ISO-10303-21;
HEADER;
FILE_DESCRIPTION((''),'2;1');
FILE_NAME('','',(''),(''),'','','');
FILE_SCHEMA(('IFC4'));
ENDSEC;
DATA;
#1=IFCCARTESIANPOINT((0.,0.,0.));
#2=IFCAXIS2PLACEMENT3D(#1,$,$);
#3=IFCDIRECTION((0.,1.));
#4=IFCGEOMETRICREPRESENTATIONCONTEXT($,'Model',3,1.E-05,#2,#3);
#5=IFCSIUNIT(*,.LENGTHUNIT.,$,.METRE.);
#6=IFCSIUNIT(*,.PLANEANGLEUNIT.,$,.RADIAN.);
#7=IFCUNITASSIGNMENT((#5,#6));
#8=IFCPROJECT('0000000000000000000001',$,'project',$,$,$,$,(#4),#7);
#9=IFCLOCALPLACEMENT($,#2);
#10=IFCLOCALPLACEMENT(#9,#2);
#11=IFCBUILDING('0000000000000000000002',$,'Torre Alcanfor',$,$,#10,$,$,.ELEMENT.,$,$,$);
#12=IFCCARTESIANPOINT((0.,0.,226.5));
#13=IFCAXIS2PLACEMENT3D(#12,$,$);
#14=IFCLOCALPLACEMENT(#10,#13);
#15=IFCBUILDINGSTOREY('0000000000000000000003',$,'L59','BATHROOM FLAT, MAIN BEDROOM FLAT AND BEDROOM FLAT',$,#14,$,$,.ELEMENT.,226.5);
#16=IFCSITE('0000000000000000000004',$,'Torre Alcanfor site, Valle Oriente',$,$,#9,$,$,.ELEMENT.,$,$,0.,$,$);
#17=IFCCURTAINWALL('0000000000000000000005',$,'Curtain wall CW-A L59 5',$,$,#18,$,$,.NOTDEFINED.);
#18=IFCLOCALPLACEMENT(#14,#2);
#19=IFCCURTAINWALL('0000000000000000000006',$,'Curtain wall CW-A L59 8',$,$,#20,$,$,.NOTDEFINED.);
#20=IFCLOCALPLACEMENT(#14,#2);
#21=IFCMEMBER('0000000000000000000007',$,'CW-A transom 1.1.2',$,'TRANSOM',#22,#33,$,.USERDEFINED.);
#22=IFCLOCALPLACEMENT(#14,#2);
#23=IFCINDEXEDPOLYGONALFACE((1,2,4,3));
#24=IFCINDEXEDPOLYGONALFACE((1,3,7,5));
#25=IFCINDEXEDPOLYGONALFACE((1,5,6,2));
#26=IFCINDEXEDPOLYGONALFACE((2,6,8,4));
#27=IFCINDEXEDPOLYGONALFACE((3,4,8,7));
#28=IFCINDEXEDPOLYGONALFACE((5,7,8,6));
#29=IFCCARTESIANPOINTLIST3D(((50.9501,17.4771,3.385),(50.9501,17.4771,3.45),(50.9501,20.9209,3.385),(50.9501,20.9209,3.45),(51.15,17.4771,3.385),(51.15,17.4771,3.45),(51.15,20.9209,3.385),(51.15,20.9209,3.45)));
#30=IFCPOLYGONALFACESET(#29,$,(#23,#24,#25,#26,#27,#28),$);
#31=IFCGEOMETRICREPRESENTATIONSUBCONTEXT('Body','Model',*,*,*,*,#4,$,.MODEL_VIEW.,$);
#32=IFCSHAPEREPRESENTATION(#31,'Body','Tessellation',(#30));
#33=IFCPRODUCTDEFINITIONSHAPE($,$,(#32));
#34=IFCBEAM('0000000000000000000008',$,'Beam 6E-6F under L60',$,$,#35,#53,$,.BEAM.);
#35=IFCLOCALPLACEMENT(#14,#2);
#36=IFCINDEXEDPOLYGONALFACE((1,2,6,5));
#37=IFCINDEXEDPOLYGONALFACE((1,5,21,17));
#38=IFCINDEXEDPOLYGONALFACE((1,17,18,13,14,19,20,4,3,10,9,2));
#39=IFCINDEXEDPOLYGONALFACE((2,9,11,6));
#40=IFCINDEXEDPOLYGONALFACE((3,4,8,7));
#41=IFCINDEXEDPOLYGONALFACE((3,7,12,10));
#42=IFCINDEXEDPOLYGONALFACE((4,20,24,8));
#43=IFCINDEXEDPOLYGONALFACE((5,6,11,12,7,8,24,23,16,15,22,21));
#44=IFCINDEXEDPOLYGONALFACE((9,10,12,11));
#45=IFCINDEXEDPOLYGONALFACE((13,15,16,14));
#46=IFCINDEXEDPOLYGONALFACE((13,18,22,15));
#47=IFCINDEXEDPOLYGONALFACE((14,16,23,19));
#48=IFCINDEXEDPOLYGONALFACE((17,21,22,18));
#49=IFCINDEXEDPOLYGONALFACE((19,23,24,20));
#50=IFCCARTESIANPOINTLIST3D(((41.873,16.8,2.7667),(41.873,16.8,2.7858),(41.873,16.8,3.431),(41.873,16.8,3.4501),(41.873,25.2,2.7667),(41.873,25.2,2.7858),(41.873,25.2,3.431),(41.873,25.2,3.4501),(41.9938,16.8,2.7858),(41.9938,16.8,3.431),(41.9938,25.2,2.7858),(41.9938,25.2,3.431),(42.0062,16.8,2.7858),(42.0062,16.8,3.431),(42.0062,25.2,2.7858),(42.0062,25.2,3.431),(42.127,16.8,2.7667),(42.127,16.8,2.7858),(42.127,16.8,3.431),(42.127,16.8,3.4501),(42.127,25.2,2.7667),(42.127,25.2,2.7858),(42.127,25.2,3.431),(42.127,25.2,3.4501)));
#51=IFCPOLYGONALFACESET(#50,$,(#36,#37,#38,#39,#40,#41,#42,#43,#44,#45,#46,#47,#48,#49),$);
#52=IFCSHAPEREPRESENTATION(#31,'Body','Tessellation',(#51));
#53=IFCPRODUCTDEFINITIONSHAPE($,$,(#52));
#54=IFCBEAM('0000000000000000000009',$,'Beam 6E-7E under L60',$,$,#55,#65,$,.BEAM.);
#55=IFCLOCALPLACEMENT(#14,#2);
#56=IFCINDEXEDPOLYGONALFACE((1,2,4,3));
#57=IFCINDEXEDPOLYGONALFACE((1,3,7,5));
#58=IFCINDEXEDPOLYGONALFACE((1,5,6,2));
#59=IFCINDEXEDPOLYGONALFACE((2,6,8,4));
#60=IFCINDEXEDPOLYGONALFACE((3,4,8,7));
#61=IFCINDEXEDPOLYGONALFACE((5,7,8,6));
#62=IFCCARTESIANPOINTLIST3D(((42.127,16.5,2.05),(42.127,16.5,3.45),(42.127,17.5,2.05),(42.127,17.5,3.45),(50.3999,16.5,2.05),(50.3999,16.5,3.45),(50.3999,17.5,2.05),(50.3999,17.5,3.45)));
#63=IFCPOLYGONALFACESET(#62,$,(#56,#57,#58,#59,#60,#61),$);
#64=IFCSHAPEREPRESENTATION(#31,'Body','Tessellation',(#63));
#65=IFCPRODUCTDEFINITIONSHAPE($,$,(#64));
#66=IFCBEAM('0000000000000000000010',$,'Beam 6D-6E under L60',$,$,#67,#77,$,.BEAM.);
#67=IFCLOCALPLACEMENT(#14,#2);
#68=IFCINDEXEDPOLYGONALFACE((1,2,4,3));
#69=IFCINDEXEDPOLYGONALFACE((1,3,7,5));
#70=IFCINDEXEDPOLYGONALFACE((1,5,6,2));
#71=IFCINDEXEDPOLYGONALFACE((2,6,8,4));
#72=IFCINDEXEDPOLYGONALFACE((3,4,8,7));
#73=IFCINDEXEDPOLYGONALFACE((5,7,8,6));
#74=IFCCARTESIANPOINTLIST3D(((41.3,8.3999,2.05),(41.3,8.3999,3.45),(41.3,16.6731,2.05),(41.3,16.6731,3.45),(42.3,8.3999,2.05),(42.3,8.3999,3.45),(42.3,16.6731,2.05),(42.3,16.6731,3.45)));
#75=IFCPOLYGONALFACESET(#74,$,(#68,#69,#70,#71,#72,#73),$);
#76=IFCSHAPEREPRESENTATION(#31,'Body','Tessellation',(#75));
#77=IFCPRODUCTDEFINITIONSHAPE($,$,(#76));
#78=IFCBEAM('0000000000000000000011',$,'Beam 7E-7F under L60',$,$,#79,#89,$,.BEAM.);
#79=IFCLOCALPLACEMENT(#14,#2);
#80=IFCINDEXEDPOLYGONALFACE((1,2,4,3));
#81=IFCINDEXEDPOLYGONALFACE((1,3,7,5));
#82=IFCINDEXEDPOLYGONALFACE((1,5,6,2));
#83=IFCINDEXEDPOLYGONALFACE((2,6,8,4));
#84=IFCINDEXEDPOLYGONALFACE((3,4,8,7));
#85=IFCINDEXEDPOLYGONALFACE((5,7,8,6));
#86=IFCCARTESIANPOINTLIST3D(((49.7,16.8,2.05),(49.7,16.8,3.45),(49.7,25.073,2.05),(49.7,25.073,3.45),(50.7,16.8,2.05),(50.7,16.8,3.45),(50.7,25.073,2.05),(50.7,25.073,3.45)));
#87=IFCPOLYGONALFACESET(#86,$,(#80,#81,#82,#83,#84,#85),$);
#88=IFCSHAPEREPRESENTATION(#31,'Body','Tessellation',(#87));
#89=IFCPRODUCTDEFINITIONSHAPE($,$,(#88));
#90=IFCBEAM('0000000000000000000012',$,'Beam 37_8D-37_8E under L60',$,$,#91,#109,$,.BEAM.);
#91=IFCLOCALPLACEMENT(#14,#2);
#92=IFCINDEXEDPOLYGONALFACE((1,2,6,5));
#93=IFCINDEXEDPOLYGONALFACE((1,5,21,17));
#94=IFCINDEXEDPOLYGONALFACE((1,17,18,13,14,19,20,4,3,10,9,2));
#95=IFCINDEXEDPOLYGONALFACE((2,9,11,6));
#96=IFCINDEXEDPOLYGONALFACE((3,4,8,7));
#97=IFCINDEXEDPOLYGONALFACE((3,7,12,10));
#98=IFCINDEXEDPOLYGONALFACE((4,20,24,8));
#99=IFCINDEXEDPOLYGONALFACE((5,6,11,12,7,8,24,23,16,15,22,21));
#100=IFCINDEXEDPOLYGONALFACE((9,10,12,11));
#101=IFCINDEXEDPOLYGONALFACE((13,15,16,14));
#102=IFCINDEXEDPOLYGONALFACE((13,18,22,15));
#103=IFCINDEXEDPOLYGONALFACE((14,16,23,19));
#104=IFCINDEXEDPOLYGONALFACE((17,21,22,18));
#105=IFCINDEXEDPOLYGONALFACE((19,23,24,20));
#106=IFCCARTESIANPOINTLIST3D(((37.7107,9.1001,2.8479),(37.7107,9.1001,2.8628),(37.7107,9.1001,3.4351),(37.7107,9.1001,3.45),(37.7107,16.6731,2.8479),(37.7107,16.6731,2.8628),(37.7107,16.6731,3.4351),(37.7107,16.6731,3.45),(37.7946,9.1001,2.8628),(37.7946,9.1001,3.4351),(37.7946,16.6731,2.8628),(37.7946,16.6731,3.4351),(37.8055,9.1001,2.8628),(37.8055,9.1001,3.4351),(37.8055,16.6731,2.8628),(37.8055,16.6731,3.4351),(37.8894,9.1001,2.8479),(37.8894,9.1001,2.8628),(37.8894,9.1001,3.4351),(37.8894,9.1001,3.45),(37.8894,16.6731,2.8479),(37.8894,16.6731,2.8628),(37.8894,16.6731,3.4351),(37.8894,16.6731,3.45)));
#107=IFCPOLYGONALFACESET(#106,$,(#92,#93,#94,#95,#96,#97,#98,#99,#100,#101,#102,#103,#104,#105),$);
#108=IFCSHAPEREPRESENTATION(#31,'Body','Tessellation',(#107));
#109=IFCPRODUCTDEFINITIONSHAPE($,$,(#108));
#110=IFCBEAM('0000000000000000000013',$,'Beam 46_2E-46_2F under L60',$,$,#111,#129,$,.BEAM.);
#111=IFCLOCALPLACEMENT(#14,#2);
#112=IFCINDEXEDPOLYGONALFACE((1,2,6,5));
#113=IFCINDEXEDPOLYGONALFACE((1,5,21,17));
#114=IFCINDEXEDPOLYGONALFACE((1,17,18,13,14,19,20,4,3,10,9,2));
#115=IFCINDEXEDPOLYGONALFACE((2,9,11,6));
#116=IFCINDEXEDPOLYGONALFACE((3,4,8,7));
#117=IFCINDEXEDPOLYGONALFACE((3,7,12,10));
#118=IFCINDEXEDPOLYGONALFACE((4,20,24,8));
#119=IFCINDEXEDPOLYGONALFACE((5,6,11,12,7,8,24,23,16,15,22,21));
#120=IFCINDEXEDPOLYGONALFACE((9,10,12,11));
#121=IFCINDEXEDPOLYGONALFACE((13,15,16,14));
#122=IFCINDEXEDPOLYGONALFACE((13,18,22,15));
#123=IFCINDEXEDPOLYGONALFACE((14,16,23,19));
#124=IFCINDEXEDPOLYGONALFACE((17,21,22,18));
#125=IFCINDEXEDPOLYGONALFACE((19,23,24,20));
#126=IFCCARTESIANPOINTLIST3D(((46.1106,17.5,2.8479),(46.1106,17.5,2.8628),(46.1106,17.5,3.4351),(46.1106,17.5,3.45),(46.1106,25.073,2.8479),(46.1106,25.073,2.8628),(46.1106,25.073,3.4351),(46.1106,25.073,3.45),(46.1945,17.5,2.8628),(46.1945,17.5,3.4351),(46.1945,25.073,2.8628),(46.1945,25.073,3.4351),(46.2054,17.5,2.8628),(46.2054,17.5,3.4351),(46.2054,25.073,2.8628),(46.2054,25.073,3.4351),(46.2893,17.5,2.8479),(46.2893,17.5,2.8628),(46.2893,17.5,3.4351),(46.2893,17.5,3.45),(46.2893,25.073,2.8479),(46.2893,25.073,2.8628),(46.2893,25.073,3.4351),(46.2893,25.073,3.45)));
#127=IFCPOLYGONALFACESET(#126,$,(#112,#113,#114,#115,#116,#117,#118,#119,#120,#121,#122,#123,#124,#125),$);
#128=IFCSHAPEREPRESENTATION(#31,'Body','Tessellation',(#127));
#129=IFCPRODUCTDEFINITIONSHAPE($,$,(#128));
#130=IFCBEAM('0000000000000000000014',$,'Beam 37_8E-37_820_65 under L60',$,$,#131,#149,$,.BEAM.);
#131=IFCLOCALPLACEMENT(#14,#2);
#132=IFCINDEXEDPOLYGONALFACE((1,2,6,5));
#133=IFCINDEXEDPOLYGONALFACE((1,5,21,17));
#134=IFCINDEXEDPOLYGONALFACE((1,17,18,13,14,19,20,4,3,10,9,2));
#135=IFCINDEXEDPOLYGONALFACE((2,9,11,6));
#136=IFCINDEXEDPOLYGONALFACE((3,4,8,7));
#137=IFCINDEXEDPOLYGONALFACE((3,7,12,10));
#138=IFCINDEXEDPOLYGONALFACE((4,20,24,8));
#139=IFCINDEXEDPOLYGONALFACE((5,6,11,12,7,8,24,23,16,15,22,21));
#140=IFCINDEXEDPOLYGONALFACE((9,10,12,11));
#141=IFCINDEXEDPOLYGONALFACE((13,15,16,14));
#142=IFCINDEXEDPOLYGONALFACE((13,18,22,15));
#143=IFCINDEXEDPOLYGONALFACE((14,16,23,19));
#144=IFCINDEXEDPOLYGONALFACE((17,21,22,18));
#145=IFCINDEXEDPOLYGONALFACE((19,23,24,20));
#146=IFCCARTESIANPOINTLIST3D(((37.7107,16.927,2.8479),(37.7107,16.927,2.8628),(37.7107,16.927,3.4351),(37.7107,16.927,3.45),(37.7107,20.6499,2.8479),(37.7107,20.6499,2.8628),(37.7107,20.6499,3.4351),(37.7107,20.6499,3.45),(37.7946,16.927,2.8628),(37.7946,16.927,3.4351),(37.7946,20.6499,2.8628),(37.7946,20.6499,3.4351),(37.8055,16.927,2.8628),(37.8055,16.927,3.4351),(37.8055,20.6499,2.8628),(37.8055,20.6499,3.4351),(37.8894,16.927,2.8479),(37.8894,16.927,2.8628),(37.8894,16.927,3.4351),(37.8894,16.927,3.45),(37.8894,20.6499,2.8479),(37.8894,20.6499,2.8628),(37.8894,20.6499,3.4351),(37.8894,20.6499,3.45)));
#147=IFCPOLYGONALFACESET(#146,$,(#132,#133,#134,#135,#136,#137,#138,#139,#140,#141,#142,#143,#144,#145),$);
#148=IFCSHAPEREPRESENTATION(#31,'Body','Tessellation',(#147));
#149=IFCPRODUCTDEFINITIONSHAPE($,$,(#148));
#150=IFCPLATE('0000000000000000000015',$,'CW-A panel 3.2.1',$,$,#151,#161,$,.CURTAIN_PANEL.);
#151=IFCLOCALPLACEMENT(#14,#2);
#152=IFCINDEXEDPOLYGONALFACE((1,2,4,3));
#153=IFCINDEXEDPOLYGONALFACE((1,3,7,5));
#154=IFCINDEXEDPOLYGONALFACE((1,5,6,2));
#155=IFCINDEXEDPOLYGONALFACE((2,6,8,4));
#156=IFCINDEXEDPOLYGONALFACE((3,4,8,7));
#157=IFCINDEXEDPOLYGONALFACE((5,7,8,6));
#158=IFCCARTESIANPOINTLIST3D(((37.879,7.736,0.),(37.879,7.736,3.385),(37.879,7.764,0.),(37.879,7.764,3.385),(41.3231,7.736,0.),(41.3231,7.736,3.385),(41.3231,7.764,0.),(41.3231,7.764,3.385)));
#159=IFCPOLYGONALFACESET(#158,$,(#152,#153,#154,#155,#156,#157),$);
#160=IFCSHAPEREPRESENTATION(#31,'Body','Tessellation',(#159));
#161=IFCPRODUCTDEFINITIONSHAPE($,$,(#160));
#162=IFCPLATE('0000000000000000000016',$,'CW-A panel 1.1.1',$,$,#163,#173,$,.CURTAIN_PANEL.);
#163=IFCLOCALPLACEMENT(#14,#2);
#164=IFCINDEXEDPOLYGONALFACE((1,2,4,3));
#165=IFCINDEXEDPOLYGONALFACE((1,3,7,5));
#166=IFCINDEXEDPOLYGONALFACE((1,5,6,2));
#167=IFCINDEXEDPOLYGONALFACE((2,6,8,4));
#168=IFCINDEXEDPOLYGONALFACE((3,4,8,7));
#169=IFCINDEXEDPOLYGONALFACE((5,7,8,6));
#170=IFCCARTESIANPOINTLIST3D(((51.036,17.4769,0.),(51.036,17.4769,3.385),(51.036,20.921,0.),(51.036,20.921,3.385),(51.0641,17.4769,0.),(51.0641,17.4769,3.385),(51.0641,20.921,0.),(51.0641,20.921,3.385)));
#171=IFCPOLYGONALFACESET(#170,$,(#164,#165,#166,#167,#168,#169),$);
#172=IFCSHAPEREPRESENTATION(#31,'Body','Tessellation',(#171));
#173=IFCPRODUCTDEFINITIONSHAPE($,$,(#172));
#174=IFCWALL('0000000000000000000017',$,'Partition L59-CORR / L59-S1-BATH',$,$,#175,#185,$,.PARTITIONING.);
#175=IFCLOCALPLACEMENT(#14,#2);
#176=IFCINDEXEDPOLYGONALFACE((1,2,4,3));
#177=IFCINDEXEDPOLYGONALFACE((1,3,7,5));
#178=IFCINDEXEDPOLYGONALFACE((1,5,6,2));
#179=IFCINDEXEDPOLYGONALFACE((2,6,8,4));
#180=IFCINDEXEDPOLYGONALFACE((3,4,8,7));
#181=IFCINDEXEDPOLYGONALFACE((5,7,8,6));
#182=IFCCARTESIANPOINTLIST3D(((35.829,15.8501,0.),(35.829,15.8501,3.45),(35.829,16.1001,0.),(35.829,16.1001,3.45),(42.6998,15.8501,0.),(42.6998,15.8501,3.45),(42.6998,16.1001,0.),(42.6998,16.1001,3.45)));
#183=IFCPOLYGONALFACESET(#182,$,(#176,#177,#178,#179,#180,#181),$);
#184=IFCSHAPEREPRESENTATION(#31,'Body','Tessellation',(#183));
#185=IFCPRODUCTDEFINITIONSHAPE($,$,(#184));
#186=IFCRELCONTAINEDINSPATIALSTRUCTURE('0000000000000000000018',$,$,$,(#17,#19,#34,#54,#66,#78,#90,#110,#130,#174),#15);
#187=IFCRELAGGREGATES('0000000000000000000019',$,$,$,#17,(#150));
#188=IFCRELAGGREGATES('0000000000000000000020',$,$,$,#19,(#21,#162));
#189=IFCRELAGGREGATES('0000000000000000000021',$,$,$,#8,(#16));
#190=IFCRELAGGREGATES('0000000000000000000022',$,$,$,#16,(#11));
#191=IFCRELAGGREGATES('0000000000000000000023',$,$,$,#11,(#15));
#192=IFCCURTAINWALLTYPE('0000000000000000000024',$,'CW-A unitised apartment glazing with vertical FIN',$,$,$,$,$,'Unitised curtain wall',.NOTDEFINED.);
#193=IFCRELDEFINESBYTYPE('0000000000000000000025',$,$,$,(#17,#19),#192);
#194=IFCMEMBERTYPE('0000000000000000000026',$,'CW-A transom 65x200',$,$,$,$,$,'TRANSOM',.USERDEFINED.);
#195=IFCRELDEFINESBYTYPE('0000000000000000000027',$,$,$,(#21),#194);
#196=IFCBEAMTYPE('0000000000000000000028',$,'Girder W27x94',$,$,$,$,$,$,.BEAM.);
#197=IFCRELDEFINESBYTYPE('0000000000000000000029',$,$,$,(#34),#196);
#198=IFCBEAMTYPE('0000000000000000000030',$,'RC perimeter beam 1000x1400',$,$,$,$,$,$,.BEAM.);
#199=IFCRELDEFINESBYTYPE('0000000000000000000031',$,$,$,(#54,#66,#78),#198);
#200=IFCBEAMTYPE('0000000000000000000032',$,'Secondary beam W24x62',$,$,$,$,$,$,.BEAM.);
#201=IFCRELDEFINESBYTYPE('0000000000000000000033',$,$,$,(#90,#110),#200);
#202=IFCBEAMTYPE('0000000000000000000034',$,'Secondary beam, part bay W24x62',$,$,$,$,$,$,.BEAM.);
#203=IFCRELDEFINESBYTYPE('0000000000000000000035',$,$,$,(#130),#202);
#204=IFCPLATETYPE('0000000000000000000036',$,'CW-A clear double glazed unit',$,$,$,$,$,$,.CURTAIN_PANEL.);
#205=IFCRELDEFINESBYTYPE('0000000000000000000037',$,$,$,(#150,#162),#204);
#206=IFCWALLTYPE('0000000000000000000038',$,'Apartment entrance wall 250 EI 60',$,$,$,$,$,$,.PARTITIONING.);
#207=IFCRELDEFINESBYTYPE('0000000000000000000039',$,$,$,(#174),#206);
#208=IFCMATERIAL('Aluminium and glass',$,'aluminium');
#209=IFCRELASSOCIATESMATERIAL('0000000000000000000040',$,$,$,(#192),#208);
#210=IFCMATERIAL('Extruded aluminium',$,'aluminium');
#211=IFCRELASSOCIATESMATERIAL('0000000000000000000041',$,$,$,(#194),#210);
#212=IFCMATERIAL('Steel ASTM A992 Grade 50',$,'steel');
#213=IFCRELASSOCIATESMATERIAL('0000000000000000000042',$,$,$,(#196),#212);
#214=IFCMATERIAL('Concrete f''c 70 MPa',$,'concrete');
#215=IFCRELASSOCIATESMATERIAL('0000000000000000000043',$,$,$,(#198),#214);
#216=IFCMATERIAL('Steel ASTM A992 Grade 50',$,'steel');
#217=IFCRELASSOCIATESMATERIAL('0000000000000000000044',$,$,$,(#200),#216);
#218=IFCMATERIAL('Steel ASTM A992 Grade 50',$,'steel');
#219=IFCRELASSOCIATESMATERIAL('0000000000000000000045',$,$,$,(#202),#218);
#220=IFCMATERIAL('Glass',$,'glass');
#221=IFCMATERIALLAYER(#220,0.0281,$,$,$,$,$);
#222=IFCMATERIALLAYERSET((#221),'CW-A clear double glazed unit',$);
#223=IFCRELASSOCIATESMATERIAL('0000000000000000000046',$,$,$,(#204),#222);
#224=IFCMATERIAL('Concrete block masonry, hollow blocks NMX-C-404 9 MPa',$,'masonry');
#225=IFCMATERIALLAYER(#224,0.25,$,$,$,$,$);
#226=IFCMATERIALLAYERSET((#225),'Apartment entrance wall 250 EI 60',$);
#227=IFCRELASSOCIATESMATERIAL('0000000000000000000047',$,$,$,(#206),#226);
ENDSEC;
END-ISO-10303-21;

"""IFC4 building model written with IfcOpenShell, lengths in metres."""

from ifc_helpers import new_model, si_unit, direction, frame, frame_2d, origin, origin_2d, place, context, subcontext, project, spatial, rectangle, i_section, extrude, material, layer, layer_set, material_profile, profile_set, type_object, element, aggregate, save


model = new_model("IFC4")

# Units and contexts
model_context = context("Model", 3, precision=1e-05, world=origin(), true_north=direction((0.0, 1.0)))
body_context = subcontext(model_context, "Body", "Model", "MODEL_VIEW")
ifc_project = project(units=[si_unit("LENGTHUNIT", "METRE"), si_unit("PLANEANGLEUNIT", "RADIAN")], contexts=[model_context])

# Site, building, storey
site_placement = place(None, origin())
site = spatial("IfcSite", under=ifc_project, at=site_placement, Name="Torre Alcanfor site, Valle Oriente", CompositionType="ELEMENT", RefElevation=0.0)
building_placement = place(site_placement, origin())
building = spatial("IfcBuilding", under=site, at=building_placement, Name="Torre Alcanfor", CompositionType="ELEMENT")
storey_placement = place(building_placement, frame((0.0, 0.0, 226.5)))
storey = spatial("IfcBuildingStorey", under=building, at=storey_placement, Name="L59", Description="BATHROOM FLAT, MAIN BEDROOM FLAT AND BEDROOM FLAT", CompositionType="ELEMENT", Elevation=226.5)

# Curtain walls
ifc_material_1 = material(Name="Aluminium and glass", Category="aluminium")
curtain_wall_type = type_object("IfcCurtainWallType", Name="CW-A unitised apartment glazing with vertical FIN", ElementType="Unitised curtain wall", PredefinedType="NOTDEFINED", material=ifc_material_1)
curtain_wall_1_placement = place(storey_placement, origin())
curtain_wall_1 = element("IfcCurtainWall", 1, at=curtain_wall_1_placement, inside=storey, type_object=curtain_wall_type, Name="Curtain wall CW-A L59 5", PredefinedType="NOTDEFINED")
curtain_wall_2_placement = place(storey_placement, origin())
curtain_wall_2 = element("IfcCurtainWall", 2, at=curtain_wall_2_placement, inside=storey, type_object=curtain_wall_type, Name="Curtain wall CW-A L59 8", PredefinedType="NOTDEFINED")

# Member
ifc_material_2 = material(Name="Extruded aluminium", Category="aluminium")
ifc_material_profile_1 = material_profile(ifc_material_2, rectangle(XDim=0.2, YDim=0.0649, at=origin_2d()), Name="CW-A transom 200x65")
ifc_profile_set_1 = profile_set([ifc_material_profile_1], Name="Extruded aluminium")
member_type_1 = type_object("IfcMemberType", Name="CW-A transom 65x200", ElementType="TRANSOM", PredefinedType="USERDEFINED", material=ifc_profile_set_1)
member_1_placement = place(storey_placement, frame((51.05, 17.4771, 3.4175), z_axis=(0.0, 1.0, 0.0), x_axis=(-1.0, 0.0, 0.0)))
member_1 = element("IfcMember", 3, at=member_1_placement, type_object=member_type_1, Name="CW-A transom 1.1.2", ObjectType="TRANSOM", PredefinedType="USERDEFINED", context=body_context, shape_type="SweptSolid", body=[
    extrude(rectangle(XDim=0.2, YDim=0.0649, at=origin_2d()), origin(), (0.0, 0.0, 1.0), 3.4438),
])

# Beams
ifc_material_3 = material(Name="Steel ASTM A992 Grade 50", Category="steel")
ifc_material_profile_2 = material_profile(ifc_material_3, i_section(OverallWidth=0.2539, OverallDepth=0.6833, WebThickness=0.0125, FlangeThickness=0.019, at=origin_2d()), Name="W27x94")
ifc_profile_set_2 = profile_set([ifc_material_profile_2], Name="Steel ASTM A992 Grade 50")
beam_type_1 = type_object("IfcBeamType", Name="Girder W27x94", PredefinedType="BEAM", material=ifc_profile_set_2)
beam_1_placement = place(storey_placement, frame((42.0, 16.8, 3.1084), z_axis=(0.0, 1.0, 0.0), x_axis=(-1.0, 0.0, 0.0)))
element("IfcBeam", 4, at=beam_1_placement, inside=storey, type_object=beam_type_1, Name="Beam 6E-6F under L60", PredefinedType="BEAM", context=body_context, shape_type="SweptSolid", body=[
    extrude(i_section(OverallWidth=0.2539, OverallDepth=0.6833, WebThickness=0.0125, FlangeThickness=0.019, at=origin_2d()), origin(), (0.0, 0.0, 1.0), 8.3999),
])
ifc_material_4 = material(Name="Concrete f'c 70 MPa", Category="concrete")
ifc_material_profile_3 = material_profile(ifc_material_4, rectangle(XDim=1.0, YDim=1.3999, at=origin_2d()), Name="1000x1400")
ifc_profile_set_3 = profile_set([ifc_material_profile_3], Name="Concrete f'c 70 MPa")
beam_type_2 = type_object("IfcBeamType", Name="RC perimeter beam 1000x1400", PredefinedType="BEAM", material=ifc_profile_set_3)
beam_2_placement = place(storey_placement, frame((42.127, 17.0, 2.75), z_axis=(1.0, 0.0, 0.0), x_axis=(0.0, 1.0, 0.0)))
element("IfcBeam", 5, at=beam_2_placement, inside=storey, type_object=beam_type_2, Name="Beam 6E-7E under L60", PredefinedType="BEAM", context=body_context, shape_type="SweptSolid", body=[
    extrude(rectangle(XDim=1.0, YDim=1.3999, at=origin_2d()), origin(), (0.0, 0.0, 1.0), 8.2729),
])
beam_3_placement = place(storey_placement, frame((41.8, 8.3999, 2.75), z_axis=(0.0, 1.0, 0.0), x_axis=(-1.0, 0.0, 0.0)))
element("IfcBeam", 6, at=beam_3_placement, inside=storey, type_object=beam_type_2, Name="Beam 6D-6E under L60", PredefinedType="BEAM", context=body_context, shape_type="SweptSolid", body=[
    extrude(rectangle(XDim=1.0, YDim=1.3999, at=origin_2d()), origin(), (0.0, 0.0, 1.0), 8.2732),
])
beam_4_placement = place(storey_placement, frame((50.2, 16.8, 2.75), z_axis=(0.0, 1.0, 0.0), x_axis=(-1.0, 0.0, 0.0)))
element("IfcBeam", 7, at=beam_4_placement, inside=storey, type_object=beam_type_2, Name="Beam 7E-7F under L60", PredefinedType="BEAM", context=body_context, shape_type="SweptSolid", body=[
    extrude(rectangle(XDim=1.0, YDim=1.3999, at=origin_2d()), origin(), (0.0, 0.0, 1.0), 8.2729),
])
ifc_material_5 = material(Name="Steel ASTM A992 Grade 50", Category="steel")
ifc_material_profile_4 = material_profile(ifc_material_5, i_section(OverallWidth=0.1787, OverallDepth=0.6021, WebThickness=0.011, FlangeThickness=0.0149, at=origin_2d()), Name="W24x62")
ifc_profile_set_4 = profile_set([ifc_material_profile_4], Name="Steel ASTM A992 Grade 50")
beam_type_3 = type_object("IfcBeamType", Name="Secondary beam W24x62", PredefinedType="BEAM", material=ifc_profile_set_4)
for number, where, z_axis, x_axis, name in (
    (8, (37.8, 9.1001, 3.1489), (0.0, 1.0, 0.0), (-1.0, 0.0, 0.0), "Beam 37_8D-37_8E under L60"),
    (9, (46.2, 17.5, 3.1489), (0.0, 1.0, 0.0), (-1.0, 0.0, 0.0), "Beam 46_2E-46_2F under L60"),
):
    element("IfcBeam", number, at=place(storey_placement, frame(where, z_axis=z_axis, x_axis=x_axis)), inside=storey, type_object=beam_type_3, Name=name, PredefinedType="BEAM", context=body_context, shape_type="SweptSolid", body=[
        extrude(i_section(OverallWidth=0.1787, OverallDepth=0.6021, WebThickness=0.011, FlangeThickness=0.0149, at=origin_2d()), origin(), (0.0, 0.0, 1.0), 7.573),
    ])
ifc_material_6 = material(Name="Steel ASTM A992 Grade 50", Category="steel")
ifc_material_profile_5 = material_profile(ifc_material_6, i_section(OverallWidth=0.1787, OverallDepth=0.6021, WebThickness=0.011, FlangeThickness=0.0149, at=origin_2d()), Name="W24x62")
ifc_profile_set_5 = profile_set([ifc_material_profile_5], Name="Steel ASTM A992 Grade 50")
beam_type_4 = type_object("IfcBeamType", Name="Secondary beam, part bay W24x62", PredefinedType="BEAM", material=ifc_profile_set_5)
beam_5_placement = place(storey_placement, frame((37.8, 16.927, 3.1489), z_axis=(0.0, 1.0, 0.0), x_axis=(-1.0, 0.0, 0.0)))
element("IfcBeam", 10, at=beam_5_placement, inside=storey, type_object=beam_type_4, Name="Beam 37_8E-37_820_65 under L60", PredefinedType="BEAM", context=body_context, shape_type="SweptSolid", body=[
    extrude(i_section(OverallWidth=0.1787, OverallDepth=0.6021, WebThickness=0.011, FlangeThickness=0.0149, at=origin_2d()), origin(), (0.0, 0.0, 1.0), 3.7229),
])

# Plates
ifc_material_7 = material(Name="Glass", Category="glass")
ifc_layer_1 = layer(ifc_material_7, 0.0281)
ifc_layer_set_1 = layer_set([ifc_layer_1], Name="CW-A clear double glazed unit")
plate_type = type_object("IfcPlateType", Name="CW-A clear double glazed unit", PredefinedType="CURTAIN_PANEL", material=ifc_layer_set_1)
plate_1_placement = place(storey_placement, frame((39.6011, 7.75, 0.0), z_axis=(0.0, 0.0, 1.0), x_axis=(1.0, 0.0, 0.0)))
plate_1 = element("IfcPlate", 11, at=plate_1_placement, type_object=plate_type, Name="CW-A panel 3.2.1", PredefinedType="CURTAIN_PANEL", context=body_context, shape_type="SweptSolid", body=[
    extrude(rectangle(XDim=3.4441, YDim=0.0281, at=origin_2d()), origin(), (0.0, 0.0, 1.0), 3.385),
])
aggregate(curtain_wall_1, [plate_1])
plate_2_placement = place(storey_placement, frame((51.05, 19.199, 0.0), z_axis=(0.0, 0.0, 1.0), x_axis=(0.0, 1.0, 0.0)))
plate_2 = element("IfcPlate", 12, at=plate_2_placement, type_object=plate_type, Name="CW-A panel 1.1.1", PredefinedType="CURTAIN_PANEL", context=body_context, shape_type="SweptSolid", body=[
    extrude(rectangle(XDim=3.4441, YDim=0.0281, at=origin_2d()), origin(), (0.0, 0.0, 1.0), 3.385),
])
aggregate(curtain_wall_2, [member_1, plate_2])

# Wall
ifc_material_8 = material(Name="Concrete block masonry, hollow blocks NMX-C-404 9 MPa", Category="masonry")
ifc_layer_2 = layer(ifc_material_8, 0.25)
ifc_layer_set_2 = layer_set([ifc_layer_2], Name="Apartment entrance wall 250 EI 60")
wall_type_1 = type_object("IfcWallType", Name="Apartment entrance wall 250 EI 60", PredefinedType="PARTITIONING", material=ifc_layer_set_2)
wall_1_placement = place(storey_placement, frame((42.7, 15.9751, 0.0), z_axis=(0.0, 0.0, 1.0), x_axis=(-1.0, 0.0, 0.0)))
element("IfcWall", 13, at=wall_1_placement, inside=storey, type_object=wall_type_1, Name="Partition L59-CORR / L59-S1-BATH", PredefinedType="PARTITIONING", context=body_context, shape_type="SweptSolid", body=[
    extrude(rectangle(XDim=6.8708, YDim=0.25, at=frame_2d((3.4355, 0.0))), origin(), (0.0, 0.0, 1.0), 3.45),
])

save(model, "model.ifc")
